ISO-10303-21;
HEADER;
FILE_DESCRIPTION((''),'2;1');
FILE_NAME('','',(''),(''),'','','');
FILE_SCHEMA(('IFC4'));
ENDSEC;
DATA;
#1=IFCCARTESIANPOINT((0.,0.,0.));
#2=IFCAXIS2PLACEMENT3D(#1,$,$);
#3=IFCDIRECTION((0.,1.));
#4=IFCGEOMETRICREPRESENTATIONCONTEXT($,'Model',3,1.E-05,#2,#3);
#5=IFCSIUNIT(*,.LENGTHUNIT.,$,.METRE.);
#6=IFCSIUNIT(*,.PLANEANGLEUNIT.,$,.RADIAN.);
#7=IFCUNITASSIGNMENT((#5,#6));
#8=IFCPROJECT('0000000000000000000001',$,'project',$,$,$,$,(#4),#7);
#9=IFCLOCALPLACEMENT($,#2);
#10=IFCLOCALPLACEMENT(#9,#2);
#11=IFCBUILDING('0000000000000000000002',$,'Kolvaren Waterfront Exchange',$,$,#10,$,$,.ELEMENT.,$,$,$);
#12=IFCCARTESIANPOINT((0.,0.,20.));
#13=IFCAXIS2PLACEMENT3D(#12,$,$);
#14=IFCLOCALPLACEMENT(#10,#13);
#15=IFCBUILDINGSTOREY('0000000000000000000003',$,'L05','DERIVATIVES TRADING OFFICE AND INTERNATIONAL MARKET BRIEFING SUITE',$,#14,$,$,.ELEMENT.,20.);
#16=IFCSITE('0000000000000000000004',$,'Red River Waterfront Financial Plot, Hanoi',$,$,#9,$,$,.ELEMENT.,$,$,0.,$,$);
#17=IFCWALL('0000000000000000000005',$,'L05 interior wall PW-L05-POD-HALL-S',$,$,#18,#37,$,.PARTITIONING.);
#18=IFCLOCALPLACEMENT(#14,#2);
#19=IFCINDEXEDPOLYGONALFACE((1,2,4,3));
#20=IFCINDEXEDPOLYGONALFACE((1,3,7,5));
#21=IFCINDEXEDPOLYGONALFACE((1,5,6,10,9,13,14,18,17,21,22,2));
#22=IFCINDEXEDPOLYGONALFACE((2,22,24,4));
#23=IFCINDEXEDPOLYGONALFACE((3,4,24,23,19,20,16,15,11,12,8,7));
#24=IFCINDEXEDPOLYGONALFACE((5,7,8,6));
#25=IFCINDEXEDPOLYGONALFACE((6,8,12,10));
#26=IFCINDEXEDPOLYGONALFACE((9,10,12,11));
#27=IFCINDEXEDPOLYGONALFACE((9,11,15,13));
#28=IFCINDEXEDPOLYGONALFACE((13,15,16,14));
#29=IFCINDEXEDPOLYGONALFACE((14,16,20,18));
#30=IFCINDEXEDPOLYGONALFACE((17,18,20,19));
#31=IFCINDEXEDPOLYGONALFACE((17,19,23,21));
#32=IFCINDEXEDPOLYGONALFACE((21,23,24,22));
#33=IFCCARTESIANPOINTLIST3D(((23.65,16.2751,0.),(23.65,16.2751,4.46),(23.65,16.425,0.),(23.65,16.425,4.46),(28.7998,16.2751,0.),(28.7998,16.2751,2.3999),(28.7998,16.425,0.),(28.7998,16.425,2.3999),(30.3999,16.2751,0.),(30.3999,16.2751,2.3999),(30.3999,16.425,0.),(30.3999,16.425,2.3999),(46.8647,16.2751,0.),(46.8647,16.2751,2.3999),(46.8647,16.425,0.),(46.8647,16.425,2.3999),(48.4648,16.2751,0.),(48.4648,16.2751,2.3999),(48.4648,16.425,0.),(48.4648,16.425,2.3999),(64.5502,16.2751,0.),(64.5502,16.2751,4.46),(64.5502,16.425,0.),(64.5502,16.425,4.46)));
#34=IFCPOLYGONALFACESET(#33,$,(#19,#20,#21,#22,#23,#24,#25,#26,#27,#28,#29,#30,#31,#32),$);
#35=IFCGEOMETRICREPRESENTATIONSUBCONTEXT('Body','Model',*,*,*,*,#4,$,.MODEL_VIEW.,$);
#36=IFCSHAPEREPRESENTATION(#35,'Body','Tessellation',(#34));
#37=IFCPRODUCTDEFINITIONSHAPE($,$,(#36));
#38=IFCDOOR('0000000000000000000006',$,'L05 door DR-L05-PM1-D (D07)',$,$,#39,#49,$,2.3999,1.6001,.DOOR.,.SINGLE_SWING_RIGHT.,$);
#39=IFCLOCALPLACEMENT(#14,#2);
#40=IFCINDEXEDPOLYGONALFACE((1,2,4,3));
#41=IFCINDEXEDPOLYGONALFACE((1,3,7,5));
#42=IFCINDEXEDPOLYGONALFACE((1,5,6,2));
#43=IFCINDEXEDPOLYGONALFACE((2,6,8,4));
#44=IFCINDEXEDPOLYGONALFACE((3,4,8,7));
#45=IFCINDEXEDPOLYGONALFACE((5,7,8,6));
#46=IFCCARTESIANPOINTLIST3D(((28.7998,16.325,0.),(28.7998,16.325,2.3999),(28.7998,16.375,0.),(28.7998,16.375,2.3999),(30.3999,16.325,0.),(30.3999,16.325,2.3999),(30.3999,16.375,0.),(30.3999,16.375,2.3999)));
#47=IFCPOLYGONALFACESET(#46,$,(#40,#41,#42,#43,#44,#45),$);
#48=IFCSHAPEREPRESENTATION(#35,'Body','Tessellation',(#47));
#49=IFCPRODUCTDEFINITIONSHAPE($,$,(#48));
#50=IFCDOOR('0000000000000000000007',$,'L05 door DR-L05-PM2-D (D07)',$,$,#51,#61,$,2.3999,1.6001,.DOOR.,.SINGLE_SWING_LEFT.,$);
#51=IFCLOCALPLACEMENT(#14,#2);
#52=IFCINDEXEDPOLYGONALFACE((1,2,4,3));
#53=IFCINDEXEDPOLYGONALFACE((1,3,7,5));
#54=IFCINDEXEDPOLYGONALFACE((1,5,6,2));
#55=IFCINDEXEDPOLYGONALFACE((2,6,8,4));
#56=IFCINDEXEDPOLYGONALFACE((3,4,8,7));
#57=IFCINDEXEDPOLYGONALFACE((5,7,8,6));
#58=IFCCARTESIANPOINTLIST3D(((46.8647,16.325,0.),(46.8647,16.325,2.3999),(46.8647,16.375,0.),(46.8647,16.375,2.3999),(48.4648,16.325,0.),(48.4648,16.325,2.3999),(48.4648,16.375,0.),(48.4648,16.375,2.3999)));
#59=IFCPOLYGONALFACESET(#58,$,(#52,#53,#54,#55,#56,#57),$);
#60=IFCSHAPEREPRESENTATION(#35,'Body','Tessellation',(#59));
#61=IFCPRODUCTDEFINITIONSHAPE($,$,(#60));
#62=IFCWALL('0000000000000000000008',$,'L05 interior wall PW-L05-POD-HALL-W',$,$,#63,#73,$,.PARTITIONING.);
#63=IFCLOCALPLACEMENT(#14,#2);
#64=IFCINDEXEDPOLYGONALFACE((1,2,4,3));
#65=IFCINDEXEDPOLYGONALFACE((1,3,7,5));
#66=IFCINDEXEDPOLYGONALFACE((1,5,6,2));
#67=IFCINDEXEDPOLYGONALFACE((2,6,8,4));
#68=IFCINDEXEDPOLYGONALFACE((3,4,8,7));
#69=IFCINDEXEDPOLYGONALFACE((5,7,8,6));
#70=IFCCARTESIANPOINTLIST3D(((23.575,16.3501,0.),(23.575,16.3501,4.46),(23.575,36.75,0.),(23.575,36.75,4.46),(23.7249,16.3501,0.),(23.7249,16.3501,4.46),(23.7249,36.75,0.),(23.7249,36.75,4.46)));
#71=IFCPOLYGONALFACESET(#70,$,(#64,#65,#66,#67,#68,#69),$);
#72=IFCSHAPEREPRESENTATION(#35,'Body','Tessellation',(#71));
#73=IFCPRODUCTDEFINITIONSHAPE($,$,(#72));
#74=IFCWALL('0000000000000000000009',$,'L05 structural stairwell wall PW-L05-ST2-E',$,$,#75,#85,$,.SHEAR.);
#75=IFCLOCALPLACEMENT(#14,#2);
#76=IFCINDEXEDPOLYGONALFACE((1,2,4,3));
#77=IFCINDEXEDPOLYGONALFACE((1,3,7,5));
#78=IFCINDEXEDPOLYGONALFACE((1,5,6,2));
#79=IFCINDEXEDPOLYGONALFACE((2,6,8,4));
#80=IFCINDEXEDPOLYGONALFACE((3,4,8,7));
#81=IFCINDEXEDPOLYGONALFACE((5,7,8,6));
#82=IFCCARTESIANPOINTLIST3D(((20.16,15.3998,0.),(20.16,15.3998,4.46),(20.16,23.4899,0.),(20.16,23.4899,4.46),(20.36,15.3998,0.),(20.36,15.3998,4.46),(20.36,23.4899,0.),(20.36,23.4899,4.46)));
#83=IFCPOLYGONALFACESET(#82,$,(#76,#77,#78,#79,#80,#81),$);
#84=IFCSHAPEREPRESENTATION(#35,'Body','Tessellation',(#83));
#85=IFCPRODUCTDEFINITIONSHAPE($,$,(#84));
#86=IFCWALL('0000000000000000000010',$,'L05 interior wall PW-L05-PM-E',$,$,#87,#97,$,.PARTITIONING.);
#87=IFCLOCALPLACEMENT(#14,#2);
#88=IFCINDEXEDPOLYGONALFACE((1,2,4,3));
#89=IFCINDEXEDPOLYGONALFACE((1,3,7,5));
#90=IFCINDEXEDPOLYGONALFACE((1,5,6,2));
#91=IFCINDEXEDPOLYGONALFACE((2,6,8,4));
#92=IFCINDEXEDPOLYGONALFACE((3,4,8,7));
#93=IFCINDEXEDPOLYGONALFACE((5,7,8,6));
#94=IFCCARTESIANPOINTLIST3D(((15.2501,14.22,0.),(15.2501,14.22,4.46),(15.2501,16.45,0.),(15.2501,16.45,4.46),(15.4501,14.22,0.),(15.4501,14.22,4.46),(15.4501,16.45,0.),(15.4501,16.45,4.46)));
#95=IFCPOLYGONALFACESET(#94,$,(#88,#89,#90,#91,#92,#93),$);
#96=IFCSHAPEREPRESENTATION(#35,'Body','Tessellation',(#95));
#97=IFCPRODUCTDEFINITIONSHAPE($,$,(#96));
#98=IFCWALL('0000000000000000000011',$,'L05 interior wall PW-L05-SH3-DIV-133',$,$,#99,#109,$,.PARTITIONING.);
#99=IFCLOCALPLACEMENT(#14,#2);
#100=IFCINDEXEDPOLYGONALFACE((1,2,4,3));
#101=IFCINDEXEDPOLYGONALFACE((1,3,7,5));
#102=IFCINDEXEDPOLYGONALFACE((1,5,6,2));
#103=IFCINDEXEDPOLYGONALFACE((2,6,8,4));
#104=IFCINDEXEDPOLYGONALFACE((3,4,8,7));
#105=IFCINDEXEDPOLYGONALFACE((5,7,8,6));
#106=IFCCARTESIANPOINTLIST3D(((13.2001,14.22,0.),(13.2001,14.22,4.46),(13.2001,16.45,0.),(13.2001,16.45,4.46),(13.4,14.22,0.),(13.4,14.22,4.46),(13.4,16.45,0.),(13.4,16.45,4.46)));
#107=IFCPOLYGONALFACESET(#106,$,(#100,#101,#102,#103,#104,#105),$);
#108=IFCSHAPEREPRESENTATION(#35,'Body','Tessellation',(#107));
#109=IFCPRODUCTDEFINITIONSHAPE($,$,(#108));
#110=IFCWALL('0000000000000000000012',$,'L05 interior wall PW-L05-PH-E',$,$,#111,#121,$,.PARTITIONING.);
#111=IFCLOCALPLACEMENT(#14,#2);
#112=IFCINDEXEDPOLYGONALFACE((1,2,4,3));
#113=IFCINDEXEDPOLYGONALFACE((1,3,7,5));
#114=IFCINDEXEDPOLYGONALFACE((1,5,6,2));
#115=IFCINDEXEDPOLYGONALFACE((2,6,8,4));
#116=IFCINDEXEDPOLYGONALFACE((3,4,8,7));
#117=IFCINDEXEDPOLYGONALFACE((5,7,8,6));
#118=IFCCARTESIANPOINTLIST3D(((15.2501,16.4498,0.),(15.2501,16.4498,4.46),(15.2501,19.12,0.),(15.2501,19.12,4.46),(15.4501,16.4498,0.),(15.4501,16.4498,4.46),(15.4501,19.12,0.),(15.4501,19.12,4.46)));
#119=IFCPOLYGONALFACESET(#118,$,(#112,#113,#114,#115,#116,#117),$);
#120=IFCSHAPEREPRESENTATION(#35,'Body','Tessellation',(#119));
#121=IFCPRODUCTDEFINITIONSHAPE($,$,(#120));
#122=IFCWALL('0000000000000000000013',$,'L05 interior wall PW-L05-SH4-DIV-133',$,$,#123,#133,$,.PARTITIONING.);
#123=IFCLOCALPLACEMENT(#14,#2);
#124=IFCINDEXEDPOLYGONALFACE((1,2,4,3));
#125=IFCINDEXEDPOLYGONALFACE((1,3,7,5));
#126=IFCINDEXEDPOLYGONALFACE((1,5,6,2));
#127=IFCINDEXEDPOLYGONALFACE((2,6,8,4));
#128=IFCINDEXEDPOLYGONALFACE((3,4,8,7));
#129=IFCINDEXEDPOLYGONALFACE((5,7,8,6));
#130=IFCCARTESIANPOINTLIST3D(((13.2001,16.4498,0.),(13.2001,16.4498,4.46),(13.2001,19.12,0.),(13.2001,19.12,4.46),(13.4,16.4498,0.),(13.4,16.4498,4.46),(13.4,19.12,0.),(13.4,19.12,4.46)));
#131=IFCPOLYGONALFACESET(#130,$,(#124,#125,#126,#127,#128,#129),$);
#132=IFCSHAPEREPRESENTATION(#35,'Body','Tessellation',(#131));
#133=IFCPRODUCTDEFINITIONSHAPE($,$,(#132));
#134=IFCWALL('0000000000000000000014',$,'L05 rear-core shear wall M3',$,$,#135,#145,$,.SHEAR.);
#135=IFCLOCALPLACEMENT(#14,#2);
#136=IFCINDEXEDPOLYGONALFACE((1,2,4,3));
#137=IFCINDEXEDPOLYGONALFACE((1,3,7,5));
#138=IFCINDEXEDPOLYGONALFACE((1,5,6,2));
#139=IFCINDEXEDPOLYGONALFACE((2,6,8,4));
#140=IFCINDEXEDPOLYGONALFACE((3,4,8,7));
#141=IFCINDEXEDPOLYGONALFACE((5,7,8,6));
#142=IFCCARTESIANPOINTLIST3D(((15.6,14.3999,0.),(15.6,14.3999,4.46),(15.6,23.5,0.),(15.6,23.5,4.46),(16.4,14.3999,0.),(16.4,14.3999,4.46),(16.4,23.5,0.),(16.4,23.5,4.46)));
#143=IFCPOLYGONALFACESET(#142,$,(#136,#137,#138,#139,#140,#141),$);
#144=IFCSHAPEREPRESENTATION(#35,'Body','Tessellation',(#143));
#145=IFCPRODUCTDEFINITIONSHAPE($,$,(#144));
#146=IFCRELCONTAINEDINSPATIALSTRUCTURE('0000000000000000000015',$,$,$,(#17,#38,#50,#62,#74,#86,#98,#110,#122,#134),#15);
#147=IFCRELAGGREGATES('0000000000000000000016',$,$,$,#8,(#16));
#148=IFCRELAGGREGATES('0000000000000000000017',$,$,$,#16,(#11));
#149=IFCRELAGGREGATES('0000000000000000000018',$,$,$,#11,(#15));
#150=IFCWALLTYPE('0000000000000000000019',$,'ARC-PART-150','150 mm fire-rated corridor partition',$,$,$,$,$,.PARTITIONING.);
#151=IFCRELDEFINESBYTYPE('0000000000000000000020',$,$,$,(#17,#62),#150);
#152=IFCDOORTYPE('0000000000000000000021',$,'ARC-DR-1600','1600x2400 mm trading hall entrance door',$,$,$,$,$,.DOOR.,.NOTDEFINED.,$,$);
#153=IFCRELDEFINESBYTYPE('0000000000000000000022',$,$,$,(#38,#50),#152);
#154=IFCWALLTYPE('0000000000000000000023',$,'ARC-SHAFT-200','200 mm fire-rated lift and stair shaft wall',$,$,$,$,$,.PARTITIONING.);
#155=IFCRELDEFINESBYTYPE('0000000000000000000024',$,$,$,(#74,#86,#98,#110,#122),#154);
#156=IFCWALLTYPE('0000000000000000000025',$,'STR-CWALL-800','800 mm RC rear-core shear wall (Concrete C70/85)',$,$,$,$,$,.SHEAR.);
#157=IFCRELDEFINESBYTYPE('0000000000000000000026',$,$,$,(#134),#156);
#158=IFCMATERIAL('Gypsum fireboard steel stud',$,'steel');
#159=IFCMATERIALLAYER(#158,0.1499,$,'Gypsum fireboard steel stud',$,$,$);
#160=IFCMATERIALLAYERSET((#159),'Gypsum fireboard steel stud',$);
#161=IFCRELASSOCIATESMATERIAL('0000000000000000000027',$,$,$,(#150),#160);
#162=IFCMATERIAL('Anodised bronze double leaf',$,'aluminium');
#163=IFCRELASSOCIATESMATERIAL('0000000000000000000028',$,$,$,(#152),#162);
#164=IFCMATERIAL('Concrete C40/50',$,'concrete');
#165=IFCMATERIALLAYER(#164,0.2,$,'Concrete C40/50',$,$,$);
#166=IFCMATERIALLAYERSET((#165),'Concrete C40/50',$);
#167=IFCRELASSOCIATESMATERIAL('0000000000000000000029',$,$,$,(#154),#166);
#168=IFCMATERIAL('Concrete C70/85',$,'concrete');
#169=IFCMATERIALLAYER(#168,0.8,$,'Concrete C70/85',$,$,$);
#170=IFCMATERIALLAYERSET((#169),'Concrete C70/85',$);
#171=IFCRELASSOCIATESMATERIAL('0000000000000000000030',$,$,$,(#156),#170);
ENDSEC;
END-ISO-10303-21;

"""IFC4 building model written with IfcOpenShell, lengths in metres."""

from ifc_helpers import new_model, si_unit, direction, frame, frame_2d, origin, place, context, subcontext, project, spatial, rectangle, extrude, material, layer, layer_set, type_object, element, fill, save


model = new_model("IFC4")

# Units and contexts
model_context = context("Model", 3, precision=1e-05, world=origin(), true_north=direction((0.0, 1.0)))
body_context = subcontext(model_context, "Body", "Model", "MODEL_VIEW")
ifc_project = project(units=[si_unit("LENGTHUNIT", "METRE"), si_unit("PLANEANGLEUNIT", "RADIAN")], contexts=[model_context])

# Site, building, storey
site_placement = place(None, origin())
site = spatial("IfcSite", under=ifc_project, at=site_placement, Name="Red River Waterfront Financial Plot, Hanoi", CompositionType="ELEMENT", RefElevation=0.0)
building_placement = place(site_placement, origin())
building = spatial("IfcBuilding", under=site, at=building_placement, Name="Kolvaren Waterfront Exchange", CompositionType="ELEMENT")
storey_placement = place(building_placement, frame((0.0, 0.0, 20.0)))
storey = spatial("IfcBuildingStorey", under=building, at=storey_placement, Name="L05", Description="DERIVATIVES TRADING OFFICE AND INTERNATIONAL MARKET BRIEFING SUITE", CompositionType="ELEMENT", Elevation=20.0)

# Shared definitions
ifc_material_1 = material(Name="Concrete C70/85", Category="concrete")

# Wall, openings, doors
ifc_material_2 = material(Name="Gypsum fireboard steel stud", Category="steel")
ifc_layer_1 = layer(ifc_material_2, 0.1499, Name="Gypsum fireboard steel stud")
ifc_layer_set_1 = layer_set([ifc_layer_1], Name="Gypsum fireboard steel stud")
wall_type_1 = type_object("IfcWallType", Name="ARC-PART-150", Description="150 mm fire-rated corridor partition", PredefinedType="PARTITIONING", material=ifc_layer_set_1)
wall_1_placement = place(storey_placement, frame((23.6499, 16.3501, 0.0), z_axis=(0.0, 0.0, 1.0), x_axis=(1.0, 0.0, 0.0)))
wall_1 = element("IfcWall", 1, at=wall_1_placement, inside=storey, type_object=wall_type_1, Name="L05 interior wall PW-L05-POD-HALL-S", PredefinedType="PARTITIONING", context=body_context, shape_type="SweptSolid", body=[
    extrude(rectangle(XDim=40.9001, YDim=0.1499, at=frame_2d((20.4502, 0.0))), origin(), (0.0, 0.0, 1.0), 4.46),
])
opening_1_placement = place(wall_1_placement, frame((5.1499, 0.0, 0.0)))
opening_1 = element("IfcOpeningElement", 2, at=opening_1_placement, cuts=wall_1, PredefinedType="OPENING", context=body_context, shape_type="SweptSolid", body=[
    extrude(rectangle(XDim=1.6001, YDim=2.3999, at=frame_2d((0.8, 1.2))), frame((0.0, 0.085, 0.0), z_axis=(0.0, -1.0, 0.0), x_axis=(1.0, 0.0, 0.0)), (0.0, 0.0, 1.0), 0.1699),
])
opening_2_placement = place(wall_1_placement, frame((23.2148, 0.0, 0.0)))
opening_2 = element("IfcOpeningElement", 3, at=opening_2_placement, cuts=wall_1, PredefinedType="OPENING", context=body_context, shape_type="SweptSolid", body=[
    extrude(rectangle(XDim=1.6001, YDim=2.3999, at=frame_2d((0.8, 1.2))), frame((0.0, 0.085, 0.0), z_axis=(0.0, -1.0, 0.0), x_axis=(1.0, 0.0, 0.0)), (0.0, 0.0, 1.0), 0.1699),
])
ifc_material_3 = material(Name="Anodised bronze double leaf", Category="aluminium")
door_type_1 = type_object("IfcDoorType", Name="ARC-DR-1600", Description="1600x2400 mm trading hall entrance door", OperationType="NOTDEFINED", PredefinedType="DOOR", material=ifc_material_3)
door_1_placement = place(opening_1_placement, origin())
door_1 = element("IfcDoor", 4, at=door_1_placement, inside=storey, type_object=door_type_1, Name="L05 door DR-L05-PM1-D (D07)", OperationType="SINGLE_SWING_RIGHT", OverallHeight=2.3999, OverallWidth=1.6001, PredefinedType="DOOR", context=body_context, shape_type="SweptSolid", body=[
    extrude(rectangle(XDim=1.6001, YDim=2.3999, at=frame_2d((0.8, 1.2))), frame((0.0, 0.0249, 0.0), z_axis=(0.0, -1.0, 0.0), x_axis=(1.0, 0.0, 0.0)), (0.0, 0.0, 1.0), 0.05),
])
fill(opening_1, door_1)
door_2_placement = place(opening_2_placement, origin())
door_2 = element("IfcDoor", 5, at=door_2_placement, inside=storey, type_object=door_type_1, Name="L05 door DR-L05-PM2-D (D07)", OperationType="SINGLE_SWING_LEFT", OverallHeight=2.3999, OverallWidth=1.6001, PredefinedType="DOOR", context=body_context, shape_type="SweptSolid", body=[
    extrude(rectangle(XDim=1.6001, YDim=2.3999, at=frame_2d((0.8, 1.2))), frame((0.0, 0.0249, 0.0), z_axis=(0.0, -1.0, 0.0), x_axis=(1.0, 0.0, 0.0)), (0.0, 0.0, 1.0), 0.05),
])
fill(opening_2, door_2)

# Walls
wall_2_placement = place(storey_placement, frame((23.6499, 16.3501, 0.0), z_axis=(0.0, 0.0, 1.0), x_axis=(0.0, 1.0, 0.0)))
element("IfcWall", 6, at=wall_2_placement, inside=storey, type_object=wall_type_1, Name="L05 interior wall PW-L05-POD-HALL-W", PredefinedType="PARTITIONING", context=body_context, shape_type="SweptSolid", body=[
    extrude(rectangle(XDim=20.3999, YDim=0.1499, at=frame_2d((10.2, 0.0))), origin(), (0.0, 0.0, 1.0), 4.46),
])
ifc_material_4 = material(Name="Concrete C40/50", Category="concrete")
ifc_layer_2 = layer(ifc_material_4, 0.2, Name="Concrete C40/50")
ifc_layer_set_2 = layer_set([ifc_layer_2], Name="Concrete C40/50")
wall_type_2 = type_object("IfcWallType", Name="ARC-SHAFT-200", Description="200 mm fire-rated lift and stair shaft wall", PredefinedType="PARTITIONING", material=ifc_layer_set_2)
wall_3_placement = place(storey_placement, frame((20.26, 15.3999, 0.0), z_axis=(0.0, 0.0, 1.0), x_axis=(0.0, 1.0, 0.0)))
element("IfcWall", 7, at=wall_3_placement, inside=storey, type_object=wall_type_2, Name="L05 structural stairwell wall PW-L05-ST2-E", PredefinedType="SHEAR", context=body_context, shape_type="SweptSolid", body=[
    extrude(rectangle(XDim=8.0901, YDim=0.2, at=frame_2d((4.0449, 0.0))), origin(), (0.0, 0.0, 1.0), 4.46),
])
for number, where, z_axis, x_axis, name in (
    (8, (15.3501, 14.22, 0.0), (0.0, 0.0, 1.0), (0.0, 1.0, 0.0), "L05 interior wall PW-L05-PM-E"),
    (9, (13.3, 14.22, 0.0), (0.0, 0.0, 1.0), (0.0, 1.0, 0.0), "L05 interior wall PW-L05-SH3-DIV-133"),
):
    element("IfcWall", number, at=place(storey_placement, frame(where, z_axis=z_axis, x_axis=x_axis)), inside=storey, type_object=wall_type_2, Name=name, PredefinedType="PARTITIONING", context=body_context, shape_type="SweptSolid", body=[
        extrude(rectangle(XDim=2.23, YDim=0.2, at=frame_2d((1.115, 0.0))), origin(), (0.0, 0.0, 1.0), 4.46),
    ])
for number, where, z_axis, x_axis, name in (
    (10, (15.3501, 16.45, 0.0), (0.0, 0.0, 1.0), (0.0, 1.0, 0.0), "L05 interior wall PW-L05-PH-E"),
    (11, (13.3, 16.45, 0.0), (0.0, 0.0, 1.0), (0.0, 1.0, 0.0), "L05 interior wall PW-L05-SH4-DIV-133"),
):
    element("IfcWall", number, at=place(storey_placement, frame(where, z_axis=z_axis, x_axis=x_axis)), inside=storey, type_object=wall_type_2, Name=name, PredefinedType="PARTITIONING", context=body_context, shape_type="SweptSolid", body=[
        extrude(rectangle(XDim=2.6702, YDim=0.2, at=frame_2d((1.335, 0.0))), origin(), (0.0, 0.0, 1.0), 4.46),
    ])
ifc_layer_3 = layer(ifc_material_1, 0.8, Name="Concrete C70/85")
ifc_layer_set_3 = layer_set([ifc_layer_3], Name="Concrete C70/85")
wall_type_3 = type_object("IfcWallType", Name="STR-CWALL-800", Description="800 mm RC rear-core shear wall (Concrete C70/85)", PredefinedType="SHEAR", material=ifc_layer_set_3)
wall_4_placement = place(storey_placement, frame((16.0, 14.3999, 0.0), z_axis=(0.0, 0.0, 1.0), x_axis=(0.0, 1.0, 0.0)))
element("IfcWall", 12, at=wall_4_placement, inside=storey, type_object=wall_type_3, Name="L05 rear-core shear wall M3", PredefinedType="SHEAR", context=body_context, shape_type="SweptSolid", body=[
    extrude(rectangle(XDim=9.1001, YDim=0.8, at=frame_2d((4.55, 0.0))), origin(), (0.0, 0.0, 1.0), 4.46),
])

save(model, "model.ifc")
